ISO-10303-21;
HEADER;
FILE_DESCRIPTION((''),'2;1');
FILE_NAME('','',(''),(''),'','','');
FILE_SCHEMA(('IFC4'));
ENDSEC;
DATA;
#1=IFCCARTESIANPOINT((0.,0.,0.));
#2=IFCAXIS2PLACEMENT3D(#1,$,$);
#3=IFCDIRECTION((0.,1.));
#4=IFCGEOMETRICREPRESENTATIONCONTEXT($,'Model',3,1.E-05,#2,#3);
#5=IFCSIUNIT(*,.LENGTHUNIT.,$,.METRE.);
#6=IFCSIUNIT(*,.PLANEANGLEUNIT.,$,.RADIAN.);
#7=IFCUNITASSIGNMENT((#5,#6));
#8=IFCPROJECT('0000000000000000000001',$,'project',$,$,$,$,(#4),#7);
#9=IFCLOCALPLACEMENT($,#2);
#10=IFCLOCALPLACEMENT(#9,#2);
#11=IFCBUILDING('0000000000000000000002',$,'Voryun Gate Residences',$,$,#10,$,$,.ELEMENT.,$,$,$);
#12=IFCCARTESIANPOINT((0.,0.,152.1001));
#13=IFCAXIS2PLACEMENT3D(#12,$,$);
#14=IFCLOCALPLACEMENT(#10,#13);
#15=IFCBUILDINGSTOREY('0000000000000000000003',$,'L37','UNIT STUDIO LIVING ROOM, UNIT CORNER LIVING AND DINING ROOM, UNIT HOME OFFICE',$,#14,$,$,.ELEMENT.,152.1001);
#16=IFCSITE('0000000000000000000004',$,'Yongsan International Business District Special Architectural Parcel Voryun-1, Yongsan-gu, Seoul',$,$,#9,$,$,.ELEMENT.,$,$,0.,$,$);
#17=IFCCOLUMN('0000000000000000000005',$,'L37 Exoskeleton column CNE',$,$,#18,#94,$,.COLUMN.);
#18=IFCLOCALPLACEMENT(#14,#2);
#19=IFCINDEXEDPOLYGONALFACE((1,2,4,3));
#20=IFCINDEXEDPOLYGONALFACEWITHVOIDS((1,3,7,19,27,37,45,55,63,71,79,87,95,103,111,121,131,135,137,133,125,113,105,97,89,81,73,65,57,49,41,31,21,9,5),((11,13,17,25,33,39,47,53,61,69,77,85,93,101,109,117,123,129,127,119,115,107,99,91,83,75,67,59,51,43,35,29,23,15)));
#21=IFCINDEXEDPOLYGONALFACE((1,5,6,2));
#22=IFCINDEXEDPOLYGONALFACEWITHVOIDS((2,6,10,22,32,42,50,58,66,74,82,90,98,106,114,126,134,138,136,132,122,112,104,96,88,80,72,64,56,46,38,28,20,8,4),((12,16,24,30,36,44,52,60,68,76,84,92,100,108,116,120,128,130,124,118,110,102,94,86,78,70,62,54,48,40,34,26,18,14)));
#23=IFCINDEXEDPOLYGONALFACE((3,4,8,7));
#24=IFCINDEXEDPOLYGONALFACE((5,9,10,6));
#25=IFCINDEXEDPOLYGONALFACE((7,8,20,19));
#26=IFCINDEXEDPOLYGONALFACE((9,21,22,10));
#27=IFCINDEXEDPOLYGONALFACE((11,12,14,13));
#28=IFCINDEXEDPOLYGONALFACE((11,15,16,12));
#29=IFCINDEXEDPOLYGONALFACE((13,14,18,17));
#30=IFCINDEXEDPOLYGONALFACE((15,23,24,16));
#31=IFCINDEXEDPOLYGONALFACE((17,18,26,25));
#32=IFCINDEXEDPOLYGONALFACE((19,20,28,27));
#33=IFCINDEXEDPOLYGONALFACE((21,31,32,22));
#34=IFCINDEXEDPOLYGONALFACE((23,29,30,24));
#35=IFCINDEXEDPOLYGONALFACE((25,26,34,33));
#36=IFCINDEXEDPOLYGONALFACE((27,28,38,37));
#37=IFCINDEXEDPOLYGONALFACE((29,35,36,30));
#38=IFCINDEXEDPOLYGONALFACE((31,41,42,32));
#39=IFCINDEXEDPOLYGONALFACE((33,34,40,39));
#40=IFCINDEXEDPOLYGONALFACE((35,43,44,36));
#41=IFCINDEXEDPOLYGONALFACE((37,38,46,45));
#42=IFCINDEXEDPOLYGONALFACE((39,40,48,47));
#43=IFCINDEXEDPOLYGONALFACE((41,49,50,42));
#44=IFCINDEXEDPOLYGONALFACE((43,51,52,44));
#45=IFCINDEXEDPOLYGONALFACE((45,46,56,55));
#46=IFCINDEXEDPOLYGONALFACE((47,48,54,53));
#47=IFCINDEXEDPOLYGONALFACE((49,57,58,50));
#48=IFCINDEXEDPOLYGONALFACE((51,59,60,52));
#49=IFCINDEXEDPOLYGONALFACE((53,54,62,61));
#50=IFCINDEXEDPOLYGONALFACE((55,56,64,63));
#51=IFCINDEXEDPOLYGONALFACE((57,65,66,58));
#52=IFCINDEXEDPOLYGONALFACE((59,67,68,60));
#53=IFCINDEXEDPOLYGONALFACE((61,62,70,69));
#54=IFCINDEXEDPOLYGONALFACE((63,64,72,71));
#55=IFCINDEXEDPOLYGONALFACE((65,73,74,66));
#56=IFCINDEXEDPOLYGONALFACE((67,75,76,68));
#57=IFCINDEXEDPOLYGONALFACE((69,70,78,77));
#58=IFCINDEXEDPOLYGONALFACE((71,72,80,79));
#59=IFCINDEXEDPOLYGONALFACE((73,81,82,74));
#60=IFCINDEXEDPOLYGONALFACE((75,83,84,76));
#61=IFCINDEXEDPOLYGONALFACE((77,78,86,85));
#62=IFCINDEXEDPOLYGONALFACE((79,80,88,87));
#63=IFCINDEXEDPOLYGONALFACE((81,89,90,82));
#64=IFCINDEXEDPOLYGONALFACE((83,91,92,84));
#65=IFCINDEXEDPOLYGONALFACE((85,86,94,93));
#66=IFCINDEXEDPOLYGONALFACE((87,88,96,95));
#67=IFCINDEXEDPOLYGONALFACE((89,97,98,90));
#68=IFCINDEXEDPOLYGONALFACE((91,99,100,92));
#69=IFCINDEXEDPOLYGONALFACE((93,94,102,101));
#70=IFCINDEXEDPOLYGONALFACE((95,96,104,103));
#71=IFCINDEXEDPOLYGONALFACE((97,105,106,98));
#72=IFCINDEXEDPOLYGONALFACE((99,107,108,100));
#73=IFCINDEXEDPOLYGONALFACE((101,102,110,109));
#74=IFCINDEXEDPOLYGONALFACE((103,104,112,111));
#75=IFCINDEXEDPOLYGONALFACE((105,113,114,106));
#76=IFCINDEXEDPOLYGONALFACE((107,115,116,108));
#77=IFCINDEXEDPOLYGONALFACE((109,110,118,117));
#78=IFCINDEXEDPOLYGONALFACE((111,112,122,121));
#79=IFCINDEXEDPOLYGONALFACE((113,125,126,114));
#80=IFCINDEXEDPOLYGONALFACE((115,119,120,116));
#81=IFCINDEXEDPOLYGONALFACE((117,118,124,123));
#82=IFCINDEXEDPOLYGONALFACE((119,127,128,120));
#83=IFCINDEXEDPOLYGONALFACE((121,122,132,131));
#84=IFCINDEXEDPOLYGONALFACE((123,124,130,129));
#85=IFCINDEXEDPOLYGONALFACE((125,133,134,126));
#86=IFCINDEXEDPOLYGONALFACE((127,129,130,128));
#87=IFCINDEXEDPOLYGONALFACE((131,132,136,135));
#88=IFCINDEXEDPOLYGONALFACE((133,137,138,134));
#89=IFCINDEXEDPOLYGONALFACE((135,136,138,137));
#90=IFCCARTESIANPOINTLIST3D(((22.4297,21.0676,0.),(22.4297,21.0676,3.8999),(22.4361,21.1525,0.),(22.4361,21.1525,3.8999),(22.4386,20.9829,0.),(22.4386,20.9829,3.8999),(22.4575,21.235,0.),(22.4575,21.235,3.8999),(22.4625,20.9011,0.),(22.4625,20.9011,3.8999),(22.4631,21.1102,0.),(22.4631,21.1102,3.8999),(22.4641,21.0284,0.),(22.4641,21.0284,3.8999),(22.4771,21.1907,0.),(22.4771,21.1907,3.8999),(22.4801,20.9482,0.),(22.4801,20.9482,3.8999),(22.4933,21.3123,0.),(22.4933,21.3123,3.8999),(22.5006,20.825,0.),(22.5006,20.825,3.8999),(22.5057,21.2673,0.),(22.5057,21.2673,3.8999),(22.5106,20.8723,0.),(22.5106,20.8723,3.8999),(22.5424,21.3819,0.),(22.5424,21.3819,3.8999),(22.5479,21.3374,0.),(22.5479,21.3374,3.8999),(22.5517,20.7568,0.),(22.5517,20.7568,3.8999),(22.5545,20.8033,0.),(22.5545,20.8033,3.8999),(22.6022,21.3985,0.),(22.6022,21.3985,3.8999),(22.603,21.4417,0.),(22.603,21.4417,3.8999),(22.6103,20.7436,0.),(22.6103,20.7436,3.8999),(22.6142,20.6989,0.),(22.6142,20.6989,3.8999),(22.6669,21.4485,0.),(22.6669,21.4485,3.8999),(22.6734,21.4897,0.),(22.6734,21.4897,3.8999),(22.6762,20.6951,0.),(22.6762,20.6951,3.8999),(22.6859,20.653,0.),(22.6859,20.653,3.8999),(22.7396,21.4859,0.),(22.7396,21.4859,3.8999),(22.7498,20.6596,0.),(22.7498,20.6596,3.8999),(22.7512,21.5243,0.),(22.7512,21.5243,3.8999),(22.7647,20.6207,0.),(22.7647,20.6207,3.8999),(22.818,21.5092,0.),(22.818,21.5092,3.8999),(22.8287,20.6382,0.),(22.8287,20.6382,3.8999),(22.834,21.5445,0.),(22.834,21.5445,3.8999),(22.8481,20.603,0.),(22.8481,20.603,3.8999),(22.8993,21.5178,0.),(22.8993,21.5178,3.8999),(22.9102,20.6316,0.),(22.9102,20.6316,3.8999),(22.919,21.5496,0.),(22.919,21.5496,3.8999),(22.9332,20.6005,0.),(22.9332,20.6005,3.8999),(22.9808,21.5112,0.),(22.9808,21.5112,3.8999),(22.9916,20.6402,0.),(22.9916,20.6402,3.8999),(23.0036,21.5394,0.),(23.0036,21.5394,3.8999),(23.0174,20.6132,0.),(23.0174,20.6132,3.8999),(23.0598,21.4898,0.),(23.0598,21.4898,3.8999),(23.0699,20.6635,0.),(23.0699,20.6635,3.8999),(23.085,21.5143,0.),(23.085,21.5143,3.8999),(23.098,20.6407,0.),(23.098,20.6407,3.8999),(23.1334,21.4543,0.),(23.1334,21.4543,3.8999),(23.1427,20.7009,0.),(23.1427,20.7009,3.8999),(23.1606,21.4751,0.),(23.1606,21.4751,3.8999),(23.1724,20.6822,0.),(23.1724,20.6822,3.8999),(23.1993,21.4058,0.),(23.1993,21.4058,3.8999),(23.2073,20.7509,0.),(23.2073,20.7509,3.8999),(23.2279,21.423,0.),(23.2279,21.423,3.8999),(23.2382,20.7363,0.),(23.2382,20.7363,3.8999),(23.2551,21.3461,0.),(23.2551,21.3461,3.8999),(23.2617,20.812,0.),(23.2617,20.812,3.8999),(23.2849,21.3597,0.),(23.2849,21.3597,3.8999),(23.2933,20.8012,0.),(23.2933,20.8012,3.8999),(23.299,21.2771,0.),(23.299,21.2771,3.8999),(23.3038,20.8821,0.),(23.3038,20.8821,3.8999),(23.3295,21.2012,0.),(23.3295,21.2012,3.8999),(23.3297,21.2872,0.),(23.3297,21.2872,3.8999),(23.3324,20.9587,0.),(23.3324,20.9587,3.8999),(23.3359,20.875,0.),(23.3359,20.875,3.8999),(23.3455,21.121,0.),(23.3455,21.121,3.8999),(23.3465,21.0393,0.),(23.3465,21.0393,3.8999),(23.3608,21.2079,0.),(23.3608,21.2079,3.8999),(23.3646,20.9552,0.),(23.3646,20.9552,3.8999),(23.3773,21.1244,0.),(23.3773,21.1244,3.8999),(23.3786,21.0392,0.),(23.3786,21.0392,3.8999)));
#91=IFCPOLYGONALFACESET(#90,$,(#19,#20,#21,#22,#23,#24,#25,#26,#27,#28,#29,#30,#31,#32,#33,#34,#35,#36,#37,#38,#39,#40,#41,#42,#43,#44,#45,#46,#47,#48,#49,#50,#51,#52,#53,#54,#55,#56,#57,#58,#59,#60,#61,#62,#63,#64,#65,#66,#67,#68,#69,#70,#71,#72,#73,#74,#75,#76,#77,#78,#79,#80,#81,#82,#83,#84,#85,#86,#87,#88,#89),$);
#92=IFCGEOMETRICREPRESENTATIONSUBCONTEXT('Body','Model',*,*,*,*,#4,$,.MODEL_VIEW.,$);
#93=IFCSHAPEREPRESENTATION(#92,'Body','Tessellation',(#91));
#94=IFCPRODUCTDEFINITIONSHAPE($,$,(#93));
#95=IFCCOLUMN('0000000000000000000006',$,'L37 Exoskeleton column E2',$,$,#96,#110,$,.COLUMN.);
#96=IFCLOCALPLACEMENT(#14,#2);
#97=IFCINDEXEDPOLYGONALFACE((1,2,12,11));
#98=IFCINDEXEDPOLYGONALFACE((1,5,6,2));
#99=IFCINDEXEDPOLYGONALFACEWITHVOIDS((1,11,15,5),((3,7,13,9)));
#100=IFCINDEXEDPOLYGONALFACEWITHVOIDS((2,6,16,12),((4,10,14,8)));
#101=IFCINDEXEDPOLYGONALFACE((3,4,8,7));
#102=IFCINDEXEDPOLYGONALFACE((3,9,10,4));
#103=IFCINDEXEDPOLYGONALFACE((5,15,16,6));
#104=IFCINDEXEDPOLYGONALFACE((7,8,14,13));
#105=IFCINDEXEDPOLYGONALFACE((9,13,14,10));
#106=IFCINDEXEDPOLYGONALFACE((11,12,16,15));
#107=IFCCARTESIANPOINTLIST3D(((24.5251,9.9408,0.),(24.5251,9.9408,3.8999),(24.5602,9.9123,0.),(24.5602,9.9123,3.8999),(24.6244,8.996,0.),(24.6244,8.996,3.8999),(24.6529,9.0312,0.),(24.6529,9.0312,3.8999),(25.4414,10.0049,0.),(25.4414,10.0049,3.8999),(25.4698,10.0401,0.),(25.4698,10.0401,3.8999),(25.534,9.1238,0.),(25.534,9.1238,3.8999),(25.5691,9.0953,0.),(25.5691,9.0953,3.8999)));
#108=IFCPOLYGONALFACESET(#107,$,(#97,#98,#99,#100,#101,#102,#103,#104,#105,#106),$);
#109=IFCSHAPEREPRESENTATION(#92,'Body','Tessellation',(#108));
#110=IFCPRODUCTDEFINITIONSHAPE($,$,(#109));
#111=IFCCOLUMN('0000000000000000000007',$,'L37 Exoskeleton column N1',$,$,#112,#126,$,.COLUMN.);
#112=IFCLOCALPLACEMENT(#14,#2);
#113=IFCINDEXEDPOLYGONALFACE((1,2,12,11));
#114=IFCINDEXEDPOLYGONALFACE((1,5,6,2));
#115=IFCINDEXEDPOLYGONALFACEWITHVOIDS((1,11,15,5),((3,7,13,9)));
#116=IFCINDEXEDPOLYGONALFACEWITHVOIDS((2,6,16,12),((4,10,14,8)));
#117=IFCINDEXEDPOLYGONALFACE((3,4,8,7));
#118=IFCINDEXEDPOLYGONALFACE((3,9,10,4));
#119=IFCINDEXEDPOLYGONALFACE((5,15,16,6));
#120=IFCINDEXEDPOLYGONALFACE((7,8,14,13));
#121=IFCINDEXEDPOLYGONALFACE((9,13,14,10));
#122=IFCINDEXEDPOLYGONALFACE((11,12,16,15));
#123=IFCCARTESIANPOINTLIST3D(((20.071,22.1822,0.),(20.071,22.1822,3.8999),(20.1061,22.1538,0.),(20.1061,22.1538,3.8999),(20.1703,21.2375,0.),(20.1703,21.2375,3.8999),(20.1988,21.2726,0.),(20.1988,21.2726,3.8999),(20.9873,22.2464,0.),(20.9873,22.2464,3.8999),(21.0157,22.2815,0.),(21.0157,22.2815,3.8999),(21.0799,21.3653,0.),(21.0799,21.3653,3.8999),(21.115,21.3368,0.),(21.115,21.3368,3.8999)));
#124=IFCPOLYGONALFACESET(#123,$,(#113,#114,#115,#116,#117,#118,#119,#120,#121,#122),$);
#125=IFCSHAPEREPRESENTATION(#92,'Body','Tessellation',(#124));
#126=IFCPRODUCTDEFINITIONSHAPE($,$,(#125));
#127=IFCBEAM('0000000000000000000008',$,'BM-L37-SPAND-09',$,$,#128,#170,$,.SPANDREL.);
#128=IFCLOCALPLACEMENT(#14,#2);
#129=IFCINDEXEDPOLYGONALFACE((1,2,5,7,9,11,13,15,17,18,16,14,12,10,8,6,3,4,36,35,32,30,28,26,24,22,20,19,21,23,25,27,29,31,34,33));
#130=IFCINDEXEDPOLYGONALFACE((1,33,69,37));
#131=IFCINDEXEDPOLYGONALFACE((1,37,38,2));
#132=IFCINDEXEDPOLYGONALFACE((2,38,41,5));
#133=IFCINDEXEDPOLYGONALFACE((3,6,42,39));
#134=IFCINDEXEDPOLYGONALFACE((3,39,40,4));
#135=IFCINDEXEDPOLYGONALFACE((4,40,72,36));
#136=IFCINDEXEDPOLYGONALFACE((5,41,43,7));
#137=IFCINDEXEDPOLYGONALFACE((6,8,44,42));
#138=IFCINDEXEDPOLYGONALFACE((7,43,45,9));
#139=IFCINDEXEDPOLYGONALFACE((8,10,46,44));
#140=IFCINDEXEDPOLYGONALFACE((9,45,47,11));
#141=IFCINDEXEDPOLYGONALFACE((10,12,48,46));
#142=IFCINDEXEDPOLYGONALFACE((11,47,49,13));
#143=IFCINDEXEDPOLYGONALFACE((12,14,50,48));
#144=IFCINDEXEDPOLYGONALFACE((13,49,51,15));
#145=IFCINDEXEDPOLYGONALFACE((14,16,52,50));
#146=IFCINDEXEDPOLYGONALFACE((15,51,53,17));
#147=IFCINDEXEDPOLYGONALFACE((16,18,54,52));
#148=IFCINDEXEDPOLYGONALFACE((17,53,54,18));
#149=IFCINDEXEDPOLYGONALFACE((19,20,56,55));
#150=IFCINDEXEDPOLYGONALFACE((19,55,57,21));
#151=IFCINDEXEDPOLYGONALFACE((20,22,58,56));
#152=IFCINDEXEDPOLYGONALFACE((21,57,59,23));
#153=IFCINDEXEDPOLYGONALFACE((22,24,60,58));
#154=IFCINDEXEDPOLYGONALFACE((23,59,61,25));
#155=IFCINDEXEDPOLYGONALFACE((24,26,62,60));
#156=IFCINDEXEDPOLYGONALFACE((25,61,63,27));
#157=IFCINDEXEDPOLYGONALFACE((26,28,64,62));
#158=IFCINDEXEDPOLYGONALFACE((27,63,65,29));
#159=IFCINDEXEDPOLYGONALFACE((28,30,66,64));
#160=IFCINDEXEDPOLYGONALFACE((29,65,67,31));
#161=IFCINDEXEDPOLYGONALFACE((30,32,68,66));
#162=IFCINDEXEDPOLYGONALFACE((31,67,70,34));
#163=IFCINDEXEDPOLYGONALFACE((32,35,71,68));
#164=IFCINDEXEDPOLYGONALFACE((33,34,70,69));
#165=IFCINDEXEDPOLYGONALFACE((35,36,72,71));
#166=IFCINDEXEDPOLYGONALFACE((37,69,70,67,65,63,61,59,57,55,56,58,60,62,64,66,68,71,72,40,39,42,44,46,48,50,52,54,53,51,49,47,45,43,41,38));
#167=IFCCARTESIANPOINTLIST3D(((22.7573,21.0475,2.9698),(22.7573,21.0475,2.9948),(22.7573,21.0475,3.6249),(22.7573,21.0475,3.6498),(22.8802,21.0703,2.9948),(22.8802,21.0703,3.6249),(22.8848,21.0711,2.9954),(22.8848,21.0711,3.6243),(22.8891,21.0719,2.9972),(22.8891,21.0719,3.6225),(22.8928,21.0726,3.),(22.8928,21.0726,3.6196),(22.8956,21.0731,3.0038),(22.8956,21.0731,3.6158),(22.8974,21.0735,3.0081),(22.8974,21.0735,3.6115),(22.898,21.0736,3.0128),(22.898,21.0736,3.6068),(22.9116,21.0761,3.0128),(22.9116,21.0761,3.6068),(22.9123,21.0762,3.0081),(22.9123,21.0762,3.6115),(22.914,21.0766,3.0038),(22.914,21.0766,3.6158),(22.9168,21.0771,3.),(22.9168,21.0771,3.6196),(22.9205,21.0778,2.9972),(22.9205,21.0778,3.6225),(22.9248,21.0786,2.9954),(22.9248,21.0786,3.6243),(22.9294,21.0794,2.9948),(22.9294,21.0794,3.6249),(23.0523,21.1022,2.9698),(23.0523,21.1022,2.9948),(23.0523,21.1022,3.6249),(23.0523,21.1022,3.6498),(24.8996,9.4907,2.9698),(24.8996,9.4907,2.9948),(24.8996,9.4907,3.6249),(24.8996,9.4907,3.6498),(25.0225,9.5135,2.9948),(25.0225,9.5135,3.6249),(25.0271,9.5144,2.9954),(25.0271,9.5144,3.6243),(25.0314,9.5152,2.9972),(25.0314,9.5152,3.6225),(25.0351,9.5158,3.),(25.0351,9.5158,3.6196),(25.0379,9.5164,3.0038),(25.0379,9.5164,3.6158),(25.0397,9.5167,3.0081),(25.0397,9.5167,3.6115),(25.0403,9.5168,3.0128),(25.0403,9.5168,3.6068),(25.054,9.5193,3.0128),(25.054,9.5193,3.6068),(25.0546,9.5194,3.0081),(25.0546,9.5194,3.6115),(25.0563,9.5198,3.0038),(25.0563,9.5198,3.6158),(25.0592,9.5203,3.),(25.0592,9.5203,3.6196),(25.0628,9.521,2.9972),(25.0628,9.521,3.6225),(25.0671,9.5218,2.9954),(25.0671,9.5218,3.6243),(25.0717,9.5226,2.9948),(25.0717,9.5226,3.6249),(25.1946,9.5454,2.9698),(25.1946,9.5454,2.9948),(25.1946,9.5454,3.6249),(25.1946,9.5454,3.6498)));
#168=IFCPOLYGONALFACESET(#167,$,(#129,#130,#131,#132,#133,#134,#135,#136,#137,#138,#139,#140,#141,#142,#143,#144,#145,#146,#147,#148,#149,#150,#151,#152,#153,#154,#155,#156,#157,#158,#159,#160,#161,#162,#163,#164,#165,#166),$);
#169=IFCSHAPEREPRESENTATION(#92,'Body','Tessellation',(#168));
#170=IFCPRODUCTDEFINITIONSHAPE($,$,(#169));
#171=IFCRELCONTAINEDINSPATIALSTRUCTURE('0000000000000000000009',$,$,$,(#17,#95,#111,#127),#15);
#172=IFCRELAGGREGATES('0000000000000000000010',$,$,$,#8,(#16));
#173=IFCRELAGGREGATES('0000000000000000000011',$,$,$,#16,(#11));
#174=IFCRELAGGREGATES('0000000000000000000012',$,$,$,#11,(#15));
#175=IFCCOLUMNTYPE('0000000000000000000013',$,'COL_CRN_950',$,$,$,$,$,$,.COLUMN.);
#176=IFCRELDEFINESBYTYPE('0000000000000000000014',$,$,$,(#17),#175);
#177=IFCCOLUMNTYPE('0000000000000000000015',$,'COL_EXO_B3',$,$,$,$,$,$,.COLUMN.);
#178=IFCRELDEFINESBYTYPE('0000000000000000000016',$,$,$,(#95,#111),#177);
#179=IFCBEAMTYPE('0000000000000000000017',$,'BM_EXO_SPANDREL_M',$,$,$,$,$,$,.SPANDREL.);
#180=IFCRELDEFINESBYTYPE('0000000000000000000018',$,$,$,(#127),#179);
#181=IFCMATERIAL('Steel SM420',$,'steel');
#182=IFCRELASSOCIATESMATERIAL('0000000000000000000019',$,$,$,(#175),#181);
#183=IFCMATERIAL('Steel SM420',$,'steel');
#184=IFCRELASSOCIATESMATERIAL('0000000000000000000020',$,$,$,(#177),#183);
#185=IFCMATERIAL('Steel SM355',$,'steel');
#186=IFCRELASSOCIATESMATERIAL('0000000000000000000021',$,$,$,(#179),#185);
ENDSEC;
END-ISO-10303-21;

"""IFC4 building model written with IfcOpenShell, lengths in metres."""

from ifc_helpers import new_model, si_unit, direction, frame, origin, origin_2d, place, context, subcontext, project, spatial, hollow_rectangle, hollow_circle, i_section, extrude, material, material_profile, profile_set, type_object, element, save


model = new_model("IFC4")

# Units and contexts
model_context = context("Model", 3, precision=1e-05, world=origin(), true_north=direction((0.0, 1.0)))
body_context = subcontext(model_context, "Body", "Model", "MODEL_VIEW")
ifc_project = project(units=[si_unit("LENGTHUNIT", "METRE"), si_unit("PLANEANGLEUNIT", "RADIAN")], contexts=[model_context])

# Site, building, storey
site_placement = place(None, origin())
site = spatial("IfcSite", under=ifc_project, at=site_placement, Name="Yongsan International Business District Special Architectural Parcel Voryun-1, Yongsan-gu, Seoul", CompositionType="ELEMENT", RefElevation=0.0)
building_placement = place(site_placement, origin())
building = spatial("IfcBuilding", under=site, at=building_placement, Name="Voryun Gate Residences", CompositionType="ELEMENT")
storey_placement = place(building_placement, frame((0.0, 0.0, 152.1001)))
storey = spatial("IfcBuildingStorey", under=building, at=storey_placement, Name="L37", Description="UNIT STUDIO LIVING ROOM, UNIT CORNER LIVING AND DINING ROOM, UNIT HOME OFFICE", CompositionType="ELEMENT", Elevation=152.1001)

# Columns
ifc_material_1 = material(Name="Steel SM420", Category="steel")
ifc_material_profile_1 = material_profile(ifc_material_1, hollow_circle(Radius=0.4751, WallThickness=0.032, at=origin_2d()), Name="CHS-950x32")
ifc_profile_set_1 = profile_set([ifc_material_profile_1], Name="Steel SM420")
column_type_1 = type_object("IfcColumnType", Name="COL_CRN_950", PredefinedType="COLUMN", material=ifc_profile_set_1)
column_placement = place(storey_placement, frame((22.9048, 21.0747, 0.0), z_axis=(0.0, 0.0, 1.0), x_axis=(0.994522, 0.104528, 0.0)))
element("IfcColumn", 1, at=column_placement, inside=storey, type_object=column_type_1, Name="L37 Exoskeleton column CNE", PredefinedType="COLUMN", context=body_context, shape_type="SweptSolid", body=[
    extrude(hollow_circle(Radius=0.4751, WallThickness=0.032, at=origin_2d()), origin(), (0.0, 0.0, 1.0), 3.8999),
])
ifc_material_2 = material(Name="Steel SM420", Category="steel")
ifc_material_profile_2 = material_profile(ifc_material_2, hollow_rectangle(XDim=0.95, YDim=0.95, WallThickness=0.032, at=origin_2d()), Name="BOX-950x950x32")
ifc_profile_set_2 = profile_set([ifc_material_profile_2], Name="Steel SM420")
column_type_2 = type_object("IfcColumnType", Name="COL_EXO_B3", PredefinedType="COLUMN", material=ifc_profile_set_2)
for number, where, z_axis, x_axis, name in (
    (2, (25.0471, 9.5181, 0.0), (0.0, 0.0, 1.0), (0.994522, 0.104528, 0.0), "L37 Exoskeleton column E2"),
    (3, (20.593, 21.7595, 0.0), (0.0, 0.0, 1.0), (0.994522, 0.104528, 0.0), "L37 Exoskeleton column N1"),
):
    element("IfcColumn", number, at=place(storey_placement, frame(where, z_axis=z_axis, x_axis=x_axis)), inside=storey, type_object=column_type_2, Name=name, PredefinedType="COLUMN", context=body_context, shape_type="SweptSolid", body=[
        extrude(hollow_rectangle(XDim=0.95, YDim=0.95, WallThickness=0.032, at=origin_2d()), origin(), (0.0, 0.0, 1.0), 3.8999),
    ])

# Beam
ifc_material_3 = material(Name="Steel SM355", Category="steel")
ifc_material_profile_3 = material_profile(ifc_material_3, i_section(OverallWidth=0.3, OverallDepth=0.6799, WebThickness=0.0139, FlangeThickness=0.0249, FilletRadius=0.0181, at=origin_2d()), Name="H-680x300x14x25")
ifc_profile_set_3 = profile_set([ifc_material_profile_3], Name="Steel SM355")
beam_type_1 = type_object("IfcBeamType", Name="BM_EXO_SPANDREL_M", PredefinedType="SPANDREL", material=ifc_profile_set_3)
beam_1_placement = place(storey_placement, frame((25.0471, 9.5181, 3.3098), z_axis=(-0.182268, 0.983249, 0.0), x_axis=(-0.983249, -0.182268, 0.0)))
element("IfcBeam", 4, at=beam_1_placement, inside=storey, type_object=beam_type_1, Name="BM-L37-SPAND-09", PredefinedType="SPANDREL", context=body_context, shape_type="SweptSolid", body=[
    extrude(i_section(OverallWidth=0.3, OverallDepth=0.6799, WebThickness=0.0139, FlangeThickness=0.0249, FilletRadius=0.0181, at=origin_2d()), origin(), (0.0, 0.0, 1.0), 11.7537),
])

save(model, "model.ifc")
